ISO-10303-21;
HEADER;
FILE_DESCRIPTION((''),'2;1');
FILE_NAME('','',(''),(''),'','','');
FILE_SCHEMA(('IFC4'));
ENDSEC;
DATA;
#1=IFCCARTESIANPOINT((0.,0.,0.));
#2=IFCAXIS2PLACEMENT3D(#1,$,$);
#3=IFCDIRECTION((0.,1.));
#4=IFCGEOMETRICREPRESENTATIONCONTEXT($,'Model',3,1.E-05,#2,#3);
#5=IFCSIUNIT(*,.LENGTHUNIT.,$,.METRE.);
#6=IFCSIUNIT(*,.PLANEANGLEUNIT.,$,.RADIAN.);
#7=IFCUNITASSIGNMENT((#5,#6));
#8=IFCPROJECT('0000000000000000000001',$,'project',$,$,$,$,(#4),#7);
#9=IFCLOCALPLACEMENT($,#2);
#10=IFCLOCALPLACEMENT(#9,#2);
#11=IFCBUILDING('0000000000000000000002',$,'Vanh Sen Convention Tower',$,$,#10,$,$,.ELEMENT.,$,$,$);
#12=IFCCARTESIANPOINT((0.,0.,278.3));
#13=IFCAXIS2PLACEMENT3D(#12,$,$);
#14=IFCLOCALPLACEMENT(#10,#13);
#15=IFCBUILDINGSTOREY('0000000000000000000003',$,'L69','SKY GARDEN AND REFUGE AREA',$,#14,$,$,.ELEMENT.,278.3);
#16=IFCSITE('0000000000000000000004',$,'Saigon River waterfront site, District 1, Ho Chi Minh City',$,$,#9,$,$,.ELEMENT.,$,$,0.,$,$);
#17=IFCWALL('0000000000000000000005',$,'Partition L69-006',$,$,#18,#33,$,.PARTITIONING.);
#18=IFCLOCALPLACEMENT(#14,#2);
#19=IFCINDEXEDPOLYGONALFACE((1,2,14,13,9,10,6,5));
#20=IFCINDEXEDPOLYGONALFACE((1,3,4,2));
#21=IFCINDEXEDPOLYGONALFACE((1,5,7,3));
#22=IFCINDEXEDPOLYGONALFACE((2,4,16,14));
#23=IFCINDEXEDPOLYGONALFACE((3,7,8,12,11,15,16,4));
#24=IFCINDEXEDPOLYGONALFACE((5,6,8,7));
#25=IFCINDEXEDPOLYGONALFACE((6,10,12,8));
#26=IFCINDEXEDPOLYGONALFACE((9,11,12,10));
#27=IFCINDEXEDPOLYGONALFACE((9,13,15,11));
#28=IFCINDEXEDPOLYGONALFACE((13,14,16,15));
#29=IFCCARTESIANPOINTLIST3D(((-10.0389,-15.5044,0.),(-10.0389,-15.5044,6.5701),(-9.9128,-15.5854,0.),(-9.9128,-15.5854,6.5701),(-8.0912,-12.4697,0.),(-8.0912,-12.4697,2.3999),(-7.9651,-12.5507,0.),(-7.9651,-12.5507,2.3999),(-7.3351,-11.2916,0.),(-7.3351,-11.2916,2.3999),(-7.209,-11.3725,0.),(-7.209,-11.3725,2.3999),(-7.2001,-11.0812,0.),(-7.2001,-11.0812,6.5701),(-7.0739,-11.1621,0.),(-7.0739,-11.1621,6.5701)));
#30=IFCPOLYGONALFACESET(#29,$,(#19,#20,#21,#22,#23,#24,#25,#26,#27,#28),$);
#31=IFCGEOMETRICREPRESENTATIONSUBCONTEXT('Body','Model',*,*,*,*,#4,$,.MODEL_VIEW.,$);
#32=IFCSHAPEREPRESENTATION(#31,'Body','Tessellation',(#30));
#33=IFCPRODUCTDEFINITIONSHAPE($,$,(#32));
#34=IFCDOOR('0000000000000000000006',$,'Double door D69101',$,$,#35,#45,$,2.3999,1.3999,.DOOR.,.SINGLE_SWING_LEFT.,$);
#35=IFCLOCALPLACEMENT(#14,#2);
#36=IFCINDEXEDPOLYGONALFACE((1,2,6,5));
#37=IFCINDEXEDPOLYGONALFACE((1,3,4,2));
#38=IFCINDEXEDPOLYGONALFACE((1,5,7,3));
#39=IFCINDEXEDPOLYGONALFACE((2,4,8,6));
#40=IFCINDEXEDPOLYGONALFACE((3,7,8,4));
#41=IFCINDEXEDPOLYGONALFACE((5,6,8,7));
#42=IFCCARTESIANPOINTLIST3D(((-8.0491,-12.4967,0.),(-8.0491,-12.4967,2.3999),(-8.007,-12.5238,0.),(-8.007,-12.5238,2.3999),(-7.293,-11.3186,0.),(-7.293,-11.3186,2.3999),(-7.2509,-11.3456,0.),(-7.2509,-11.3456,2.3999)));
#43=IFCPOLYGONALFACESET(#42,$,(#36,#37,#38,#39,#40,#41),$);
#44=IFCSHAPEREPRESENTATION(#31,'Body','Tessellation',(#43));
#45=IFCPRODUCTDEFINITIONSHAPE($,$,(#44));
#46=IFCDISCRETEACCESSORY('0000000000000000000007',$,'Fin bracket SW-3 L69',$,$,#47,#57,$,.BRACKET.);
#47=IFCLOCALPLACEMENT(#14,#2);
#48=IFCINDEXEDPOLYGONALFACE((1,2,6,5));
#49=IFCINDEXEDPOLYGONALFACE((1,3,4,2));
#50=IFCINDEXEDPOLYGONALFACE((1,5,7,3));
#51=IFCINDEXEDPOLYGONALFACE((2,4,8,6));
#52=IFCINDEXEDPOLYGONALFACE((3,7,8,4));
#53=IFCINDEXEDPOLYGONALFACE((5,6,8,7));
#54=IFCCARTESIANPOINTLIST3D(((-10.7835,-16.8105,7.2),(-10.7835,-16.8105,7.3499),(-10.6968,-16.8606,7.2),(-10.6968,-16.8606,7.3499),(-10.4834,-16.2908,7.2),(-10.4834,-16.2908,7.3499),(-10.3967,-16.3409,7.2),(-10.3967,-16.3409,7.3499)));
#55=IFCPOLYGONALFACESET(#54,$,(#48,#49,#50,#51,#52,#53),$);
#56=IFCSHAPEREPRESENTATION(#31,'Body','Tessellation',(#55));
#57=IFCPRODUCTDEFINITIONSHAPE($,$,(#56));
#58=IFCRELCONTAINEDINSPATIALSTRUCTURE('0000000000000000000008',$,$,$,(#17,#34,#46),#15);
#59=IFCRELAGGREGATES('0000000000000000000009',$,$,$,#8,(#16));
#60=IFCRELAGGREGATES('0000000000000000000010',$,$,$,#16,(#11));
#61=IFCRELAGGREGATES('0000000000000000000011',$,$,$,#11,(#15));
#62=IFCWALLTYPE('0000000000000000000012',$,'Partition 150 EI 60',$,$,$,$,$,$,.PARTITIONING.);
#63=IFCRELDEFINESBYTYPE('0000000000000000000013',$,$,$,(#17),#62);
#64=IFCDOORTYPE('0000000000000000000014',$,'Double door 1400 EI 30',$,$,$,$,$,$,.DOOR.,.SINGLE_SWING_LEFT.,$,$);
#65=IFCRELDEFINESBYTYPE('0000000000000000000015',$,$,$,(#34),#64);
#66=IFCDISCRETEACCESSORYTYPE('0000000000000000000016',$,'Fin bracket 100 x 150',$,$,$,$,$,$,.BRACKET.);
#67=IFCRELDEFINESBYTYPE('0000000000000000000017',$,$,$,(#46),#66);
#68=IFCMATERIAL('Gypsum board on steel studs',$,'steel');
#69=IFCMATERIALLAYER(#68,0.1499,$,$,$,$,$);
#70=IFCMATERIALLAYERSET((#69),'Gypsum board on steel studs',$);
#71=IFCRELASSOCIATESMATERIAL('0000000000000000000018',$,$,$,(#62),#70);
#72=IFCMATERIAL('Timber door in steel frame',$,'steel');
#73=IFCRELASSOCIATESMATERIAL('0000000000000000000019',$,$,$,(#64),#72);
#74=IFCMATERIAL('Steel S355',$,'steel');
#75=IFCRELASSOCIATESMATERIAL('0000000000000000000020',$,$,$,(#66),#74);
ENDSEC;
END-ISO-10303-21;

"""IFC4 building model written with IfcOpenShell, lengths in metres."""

from ifc_helpers import new_model, si_unit, direction, frame, frame_2d, origin, origin_2d, place, context, subcontext, project, spatial, rectangle, extrude, material, layer, layer_set, type_object, element, fill, save


model = new_model("IFC4")

# Units and contexts
model_context = context("Model", 3, precision=1e-05, world=origin(), true_north=direction((0.0, 1.0)))
body_context = subcontext(model_context, "Body", "Model", "MODEL_VIEW")
ifc_project = project(units=[si_unit("LENGTHUNIT", "METRE"), si_unit("PLANEANGLEUNIT", "RADIAN")], contexts=[model_context])

# Site, building, storey
site_placement = place(None, origin())
site = spatial("IfcSite", under=ifc_project, at=site_placement, Name="Saigon River waterfront site, District 1, Ho Chi Minh City", CompositionType="ELEMENT", RefElevation=0.0)
building_placement = place(site_placement, origin())
building = spatial("IfcBuilding", under=site, at=building_placement, Name="Vanh Sen Convention Tower", CompositionType="ELEMENT")
storey_placement = place(building_placement, frame((0.0, 0.0, 278.3)))
storey = spatial("IfcBuildingStorey", under=building, at=storey_placement, Name="L69", Description="SKY GARDEN AND REFUGE AREA", CompositionType="ELEMENT", Elevation=278.3)

# Wall, opening, door
ifc_material_1 = material(Name="Gypsum board on steel studs", Category="steel")
ifc_layer_1 = layer(ifc_material_1, 0.1499)
ifc_layer_set_1 = layer_set([ifc_layer_1], Name="Gypsum board on steel studs")
wall_type = type_object("IfcWallType", Name="Partition 150 EI 60", PredefinedType="PARTITIONING", material=ifc_layer_set_1)
wall_placement = place(storey_placement, frame((-9.9758, -15.5449, 0.0), z_axis=(0.0, 0.0, 1.0), x_axis=(0.540124, 0.841586, 0.0)))
wall = element("IfcWall", 1, at=wall_placement, inside=storey, type_object=wall_type, Name="Partition L69-006", PredefinedType="PARTITIONING", context=body_context, shape_type="SweptSolid", body=[
    extrude(rectangle(XDim=5.2559, YDim=0.1499, at=frame_2d((2.6279, 0.0))), origin(), (0.0, 0.0, 1.0), 6.5701),
])
opening_placement = place(wall_placement, frame((3.606, 0.0, 0.0)))
opening = element("IfcOpeningElement", 2, at=opening_placement, cuts=wall, PredefinedType="OPENING", context=body_context, shape_type="SweptSolid", body=[
    extrude(rectangle(XDim=1.3999, YDim=2.3999, at=frame_2d((0.7, 1.2))), frame((0.0, 0.085, 0.0), z_axis=(0.0, -1.0, 0.0), x_axis=(1.0, 0.0, 0.0)), (0.0, 0.0, 1.0), 0.1699),
])
ifc_material_2 = material(Name="Timber door in steel frame", Category="steel")
door_type = type_object("IfcDoorType", Name="Double door 1400 EI 30", OperationType="SINGLE_SWING_LEFT", PredefinedType="DOOR", material=ifc_material_2)
door_placement = place(opening_placement, origin())
door = element("IfcDoor", 3, at=door_placement, inside=storey, type_object=door_type, Name="Double door D69101", OperationType="SINGLE_SWING_LEFT", OverallHeight=2.3999, OverallWidth=1.3999, PredefinedType="DOOR", context=body_context, shape_type="SweptSolid", body=[
    extrude(rectangle(XDim=1.3999, YDim=2.3999, at=frame_2d((0.7, 1.2))), frame((0.0, 0.0249, 0.0), z_axis=(0.0, -1.0, 0.0), x_axis=(1.0, 0.0, 0.0)), (0.0, 0.0, 1.0), 0.05),
])
fill(opening, door)

# Discrete accessory
ifc_material_3 = material(Name="Steel S355", Category="steel")
discrete_accessory_type = type_object("IfcDiscreteAccessoryType", Name="Fin bracket 100 x 150", PredefinedType="BRACKET", material=ifc_material_3)
discrete_accessory_placement = place(storey_placement, frame((-10.5901, -16.5757, 7.2), z_axis=(0.0, 0.0, 1.0), x_axis=(-0.5, -0.866025, 0.0)))
element("IfcDiscreteAccessory", 4, at=discrete_accessory_placement, inside=storey, type_object=discrete_accessory_type, Name="Fin bracket SW-3 L69", PredefinedType="BRACKET", context=body_context, shape_type="SweptSolid", body=[
    extrude(rectangle(XDim=0.6001, YDim=0.1001, at=origin_2d()), origin(), (0.0, 0.0, 1.0), 0.1499),
])

save(model, "model.ifc")
